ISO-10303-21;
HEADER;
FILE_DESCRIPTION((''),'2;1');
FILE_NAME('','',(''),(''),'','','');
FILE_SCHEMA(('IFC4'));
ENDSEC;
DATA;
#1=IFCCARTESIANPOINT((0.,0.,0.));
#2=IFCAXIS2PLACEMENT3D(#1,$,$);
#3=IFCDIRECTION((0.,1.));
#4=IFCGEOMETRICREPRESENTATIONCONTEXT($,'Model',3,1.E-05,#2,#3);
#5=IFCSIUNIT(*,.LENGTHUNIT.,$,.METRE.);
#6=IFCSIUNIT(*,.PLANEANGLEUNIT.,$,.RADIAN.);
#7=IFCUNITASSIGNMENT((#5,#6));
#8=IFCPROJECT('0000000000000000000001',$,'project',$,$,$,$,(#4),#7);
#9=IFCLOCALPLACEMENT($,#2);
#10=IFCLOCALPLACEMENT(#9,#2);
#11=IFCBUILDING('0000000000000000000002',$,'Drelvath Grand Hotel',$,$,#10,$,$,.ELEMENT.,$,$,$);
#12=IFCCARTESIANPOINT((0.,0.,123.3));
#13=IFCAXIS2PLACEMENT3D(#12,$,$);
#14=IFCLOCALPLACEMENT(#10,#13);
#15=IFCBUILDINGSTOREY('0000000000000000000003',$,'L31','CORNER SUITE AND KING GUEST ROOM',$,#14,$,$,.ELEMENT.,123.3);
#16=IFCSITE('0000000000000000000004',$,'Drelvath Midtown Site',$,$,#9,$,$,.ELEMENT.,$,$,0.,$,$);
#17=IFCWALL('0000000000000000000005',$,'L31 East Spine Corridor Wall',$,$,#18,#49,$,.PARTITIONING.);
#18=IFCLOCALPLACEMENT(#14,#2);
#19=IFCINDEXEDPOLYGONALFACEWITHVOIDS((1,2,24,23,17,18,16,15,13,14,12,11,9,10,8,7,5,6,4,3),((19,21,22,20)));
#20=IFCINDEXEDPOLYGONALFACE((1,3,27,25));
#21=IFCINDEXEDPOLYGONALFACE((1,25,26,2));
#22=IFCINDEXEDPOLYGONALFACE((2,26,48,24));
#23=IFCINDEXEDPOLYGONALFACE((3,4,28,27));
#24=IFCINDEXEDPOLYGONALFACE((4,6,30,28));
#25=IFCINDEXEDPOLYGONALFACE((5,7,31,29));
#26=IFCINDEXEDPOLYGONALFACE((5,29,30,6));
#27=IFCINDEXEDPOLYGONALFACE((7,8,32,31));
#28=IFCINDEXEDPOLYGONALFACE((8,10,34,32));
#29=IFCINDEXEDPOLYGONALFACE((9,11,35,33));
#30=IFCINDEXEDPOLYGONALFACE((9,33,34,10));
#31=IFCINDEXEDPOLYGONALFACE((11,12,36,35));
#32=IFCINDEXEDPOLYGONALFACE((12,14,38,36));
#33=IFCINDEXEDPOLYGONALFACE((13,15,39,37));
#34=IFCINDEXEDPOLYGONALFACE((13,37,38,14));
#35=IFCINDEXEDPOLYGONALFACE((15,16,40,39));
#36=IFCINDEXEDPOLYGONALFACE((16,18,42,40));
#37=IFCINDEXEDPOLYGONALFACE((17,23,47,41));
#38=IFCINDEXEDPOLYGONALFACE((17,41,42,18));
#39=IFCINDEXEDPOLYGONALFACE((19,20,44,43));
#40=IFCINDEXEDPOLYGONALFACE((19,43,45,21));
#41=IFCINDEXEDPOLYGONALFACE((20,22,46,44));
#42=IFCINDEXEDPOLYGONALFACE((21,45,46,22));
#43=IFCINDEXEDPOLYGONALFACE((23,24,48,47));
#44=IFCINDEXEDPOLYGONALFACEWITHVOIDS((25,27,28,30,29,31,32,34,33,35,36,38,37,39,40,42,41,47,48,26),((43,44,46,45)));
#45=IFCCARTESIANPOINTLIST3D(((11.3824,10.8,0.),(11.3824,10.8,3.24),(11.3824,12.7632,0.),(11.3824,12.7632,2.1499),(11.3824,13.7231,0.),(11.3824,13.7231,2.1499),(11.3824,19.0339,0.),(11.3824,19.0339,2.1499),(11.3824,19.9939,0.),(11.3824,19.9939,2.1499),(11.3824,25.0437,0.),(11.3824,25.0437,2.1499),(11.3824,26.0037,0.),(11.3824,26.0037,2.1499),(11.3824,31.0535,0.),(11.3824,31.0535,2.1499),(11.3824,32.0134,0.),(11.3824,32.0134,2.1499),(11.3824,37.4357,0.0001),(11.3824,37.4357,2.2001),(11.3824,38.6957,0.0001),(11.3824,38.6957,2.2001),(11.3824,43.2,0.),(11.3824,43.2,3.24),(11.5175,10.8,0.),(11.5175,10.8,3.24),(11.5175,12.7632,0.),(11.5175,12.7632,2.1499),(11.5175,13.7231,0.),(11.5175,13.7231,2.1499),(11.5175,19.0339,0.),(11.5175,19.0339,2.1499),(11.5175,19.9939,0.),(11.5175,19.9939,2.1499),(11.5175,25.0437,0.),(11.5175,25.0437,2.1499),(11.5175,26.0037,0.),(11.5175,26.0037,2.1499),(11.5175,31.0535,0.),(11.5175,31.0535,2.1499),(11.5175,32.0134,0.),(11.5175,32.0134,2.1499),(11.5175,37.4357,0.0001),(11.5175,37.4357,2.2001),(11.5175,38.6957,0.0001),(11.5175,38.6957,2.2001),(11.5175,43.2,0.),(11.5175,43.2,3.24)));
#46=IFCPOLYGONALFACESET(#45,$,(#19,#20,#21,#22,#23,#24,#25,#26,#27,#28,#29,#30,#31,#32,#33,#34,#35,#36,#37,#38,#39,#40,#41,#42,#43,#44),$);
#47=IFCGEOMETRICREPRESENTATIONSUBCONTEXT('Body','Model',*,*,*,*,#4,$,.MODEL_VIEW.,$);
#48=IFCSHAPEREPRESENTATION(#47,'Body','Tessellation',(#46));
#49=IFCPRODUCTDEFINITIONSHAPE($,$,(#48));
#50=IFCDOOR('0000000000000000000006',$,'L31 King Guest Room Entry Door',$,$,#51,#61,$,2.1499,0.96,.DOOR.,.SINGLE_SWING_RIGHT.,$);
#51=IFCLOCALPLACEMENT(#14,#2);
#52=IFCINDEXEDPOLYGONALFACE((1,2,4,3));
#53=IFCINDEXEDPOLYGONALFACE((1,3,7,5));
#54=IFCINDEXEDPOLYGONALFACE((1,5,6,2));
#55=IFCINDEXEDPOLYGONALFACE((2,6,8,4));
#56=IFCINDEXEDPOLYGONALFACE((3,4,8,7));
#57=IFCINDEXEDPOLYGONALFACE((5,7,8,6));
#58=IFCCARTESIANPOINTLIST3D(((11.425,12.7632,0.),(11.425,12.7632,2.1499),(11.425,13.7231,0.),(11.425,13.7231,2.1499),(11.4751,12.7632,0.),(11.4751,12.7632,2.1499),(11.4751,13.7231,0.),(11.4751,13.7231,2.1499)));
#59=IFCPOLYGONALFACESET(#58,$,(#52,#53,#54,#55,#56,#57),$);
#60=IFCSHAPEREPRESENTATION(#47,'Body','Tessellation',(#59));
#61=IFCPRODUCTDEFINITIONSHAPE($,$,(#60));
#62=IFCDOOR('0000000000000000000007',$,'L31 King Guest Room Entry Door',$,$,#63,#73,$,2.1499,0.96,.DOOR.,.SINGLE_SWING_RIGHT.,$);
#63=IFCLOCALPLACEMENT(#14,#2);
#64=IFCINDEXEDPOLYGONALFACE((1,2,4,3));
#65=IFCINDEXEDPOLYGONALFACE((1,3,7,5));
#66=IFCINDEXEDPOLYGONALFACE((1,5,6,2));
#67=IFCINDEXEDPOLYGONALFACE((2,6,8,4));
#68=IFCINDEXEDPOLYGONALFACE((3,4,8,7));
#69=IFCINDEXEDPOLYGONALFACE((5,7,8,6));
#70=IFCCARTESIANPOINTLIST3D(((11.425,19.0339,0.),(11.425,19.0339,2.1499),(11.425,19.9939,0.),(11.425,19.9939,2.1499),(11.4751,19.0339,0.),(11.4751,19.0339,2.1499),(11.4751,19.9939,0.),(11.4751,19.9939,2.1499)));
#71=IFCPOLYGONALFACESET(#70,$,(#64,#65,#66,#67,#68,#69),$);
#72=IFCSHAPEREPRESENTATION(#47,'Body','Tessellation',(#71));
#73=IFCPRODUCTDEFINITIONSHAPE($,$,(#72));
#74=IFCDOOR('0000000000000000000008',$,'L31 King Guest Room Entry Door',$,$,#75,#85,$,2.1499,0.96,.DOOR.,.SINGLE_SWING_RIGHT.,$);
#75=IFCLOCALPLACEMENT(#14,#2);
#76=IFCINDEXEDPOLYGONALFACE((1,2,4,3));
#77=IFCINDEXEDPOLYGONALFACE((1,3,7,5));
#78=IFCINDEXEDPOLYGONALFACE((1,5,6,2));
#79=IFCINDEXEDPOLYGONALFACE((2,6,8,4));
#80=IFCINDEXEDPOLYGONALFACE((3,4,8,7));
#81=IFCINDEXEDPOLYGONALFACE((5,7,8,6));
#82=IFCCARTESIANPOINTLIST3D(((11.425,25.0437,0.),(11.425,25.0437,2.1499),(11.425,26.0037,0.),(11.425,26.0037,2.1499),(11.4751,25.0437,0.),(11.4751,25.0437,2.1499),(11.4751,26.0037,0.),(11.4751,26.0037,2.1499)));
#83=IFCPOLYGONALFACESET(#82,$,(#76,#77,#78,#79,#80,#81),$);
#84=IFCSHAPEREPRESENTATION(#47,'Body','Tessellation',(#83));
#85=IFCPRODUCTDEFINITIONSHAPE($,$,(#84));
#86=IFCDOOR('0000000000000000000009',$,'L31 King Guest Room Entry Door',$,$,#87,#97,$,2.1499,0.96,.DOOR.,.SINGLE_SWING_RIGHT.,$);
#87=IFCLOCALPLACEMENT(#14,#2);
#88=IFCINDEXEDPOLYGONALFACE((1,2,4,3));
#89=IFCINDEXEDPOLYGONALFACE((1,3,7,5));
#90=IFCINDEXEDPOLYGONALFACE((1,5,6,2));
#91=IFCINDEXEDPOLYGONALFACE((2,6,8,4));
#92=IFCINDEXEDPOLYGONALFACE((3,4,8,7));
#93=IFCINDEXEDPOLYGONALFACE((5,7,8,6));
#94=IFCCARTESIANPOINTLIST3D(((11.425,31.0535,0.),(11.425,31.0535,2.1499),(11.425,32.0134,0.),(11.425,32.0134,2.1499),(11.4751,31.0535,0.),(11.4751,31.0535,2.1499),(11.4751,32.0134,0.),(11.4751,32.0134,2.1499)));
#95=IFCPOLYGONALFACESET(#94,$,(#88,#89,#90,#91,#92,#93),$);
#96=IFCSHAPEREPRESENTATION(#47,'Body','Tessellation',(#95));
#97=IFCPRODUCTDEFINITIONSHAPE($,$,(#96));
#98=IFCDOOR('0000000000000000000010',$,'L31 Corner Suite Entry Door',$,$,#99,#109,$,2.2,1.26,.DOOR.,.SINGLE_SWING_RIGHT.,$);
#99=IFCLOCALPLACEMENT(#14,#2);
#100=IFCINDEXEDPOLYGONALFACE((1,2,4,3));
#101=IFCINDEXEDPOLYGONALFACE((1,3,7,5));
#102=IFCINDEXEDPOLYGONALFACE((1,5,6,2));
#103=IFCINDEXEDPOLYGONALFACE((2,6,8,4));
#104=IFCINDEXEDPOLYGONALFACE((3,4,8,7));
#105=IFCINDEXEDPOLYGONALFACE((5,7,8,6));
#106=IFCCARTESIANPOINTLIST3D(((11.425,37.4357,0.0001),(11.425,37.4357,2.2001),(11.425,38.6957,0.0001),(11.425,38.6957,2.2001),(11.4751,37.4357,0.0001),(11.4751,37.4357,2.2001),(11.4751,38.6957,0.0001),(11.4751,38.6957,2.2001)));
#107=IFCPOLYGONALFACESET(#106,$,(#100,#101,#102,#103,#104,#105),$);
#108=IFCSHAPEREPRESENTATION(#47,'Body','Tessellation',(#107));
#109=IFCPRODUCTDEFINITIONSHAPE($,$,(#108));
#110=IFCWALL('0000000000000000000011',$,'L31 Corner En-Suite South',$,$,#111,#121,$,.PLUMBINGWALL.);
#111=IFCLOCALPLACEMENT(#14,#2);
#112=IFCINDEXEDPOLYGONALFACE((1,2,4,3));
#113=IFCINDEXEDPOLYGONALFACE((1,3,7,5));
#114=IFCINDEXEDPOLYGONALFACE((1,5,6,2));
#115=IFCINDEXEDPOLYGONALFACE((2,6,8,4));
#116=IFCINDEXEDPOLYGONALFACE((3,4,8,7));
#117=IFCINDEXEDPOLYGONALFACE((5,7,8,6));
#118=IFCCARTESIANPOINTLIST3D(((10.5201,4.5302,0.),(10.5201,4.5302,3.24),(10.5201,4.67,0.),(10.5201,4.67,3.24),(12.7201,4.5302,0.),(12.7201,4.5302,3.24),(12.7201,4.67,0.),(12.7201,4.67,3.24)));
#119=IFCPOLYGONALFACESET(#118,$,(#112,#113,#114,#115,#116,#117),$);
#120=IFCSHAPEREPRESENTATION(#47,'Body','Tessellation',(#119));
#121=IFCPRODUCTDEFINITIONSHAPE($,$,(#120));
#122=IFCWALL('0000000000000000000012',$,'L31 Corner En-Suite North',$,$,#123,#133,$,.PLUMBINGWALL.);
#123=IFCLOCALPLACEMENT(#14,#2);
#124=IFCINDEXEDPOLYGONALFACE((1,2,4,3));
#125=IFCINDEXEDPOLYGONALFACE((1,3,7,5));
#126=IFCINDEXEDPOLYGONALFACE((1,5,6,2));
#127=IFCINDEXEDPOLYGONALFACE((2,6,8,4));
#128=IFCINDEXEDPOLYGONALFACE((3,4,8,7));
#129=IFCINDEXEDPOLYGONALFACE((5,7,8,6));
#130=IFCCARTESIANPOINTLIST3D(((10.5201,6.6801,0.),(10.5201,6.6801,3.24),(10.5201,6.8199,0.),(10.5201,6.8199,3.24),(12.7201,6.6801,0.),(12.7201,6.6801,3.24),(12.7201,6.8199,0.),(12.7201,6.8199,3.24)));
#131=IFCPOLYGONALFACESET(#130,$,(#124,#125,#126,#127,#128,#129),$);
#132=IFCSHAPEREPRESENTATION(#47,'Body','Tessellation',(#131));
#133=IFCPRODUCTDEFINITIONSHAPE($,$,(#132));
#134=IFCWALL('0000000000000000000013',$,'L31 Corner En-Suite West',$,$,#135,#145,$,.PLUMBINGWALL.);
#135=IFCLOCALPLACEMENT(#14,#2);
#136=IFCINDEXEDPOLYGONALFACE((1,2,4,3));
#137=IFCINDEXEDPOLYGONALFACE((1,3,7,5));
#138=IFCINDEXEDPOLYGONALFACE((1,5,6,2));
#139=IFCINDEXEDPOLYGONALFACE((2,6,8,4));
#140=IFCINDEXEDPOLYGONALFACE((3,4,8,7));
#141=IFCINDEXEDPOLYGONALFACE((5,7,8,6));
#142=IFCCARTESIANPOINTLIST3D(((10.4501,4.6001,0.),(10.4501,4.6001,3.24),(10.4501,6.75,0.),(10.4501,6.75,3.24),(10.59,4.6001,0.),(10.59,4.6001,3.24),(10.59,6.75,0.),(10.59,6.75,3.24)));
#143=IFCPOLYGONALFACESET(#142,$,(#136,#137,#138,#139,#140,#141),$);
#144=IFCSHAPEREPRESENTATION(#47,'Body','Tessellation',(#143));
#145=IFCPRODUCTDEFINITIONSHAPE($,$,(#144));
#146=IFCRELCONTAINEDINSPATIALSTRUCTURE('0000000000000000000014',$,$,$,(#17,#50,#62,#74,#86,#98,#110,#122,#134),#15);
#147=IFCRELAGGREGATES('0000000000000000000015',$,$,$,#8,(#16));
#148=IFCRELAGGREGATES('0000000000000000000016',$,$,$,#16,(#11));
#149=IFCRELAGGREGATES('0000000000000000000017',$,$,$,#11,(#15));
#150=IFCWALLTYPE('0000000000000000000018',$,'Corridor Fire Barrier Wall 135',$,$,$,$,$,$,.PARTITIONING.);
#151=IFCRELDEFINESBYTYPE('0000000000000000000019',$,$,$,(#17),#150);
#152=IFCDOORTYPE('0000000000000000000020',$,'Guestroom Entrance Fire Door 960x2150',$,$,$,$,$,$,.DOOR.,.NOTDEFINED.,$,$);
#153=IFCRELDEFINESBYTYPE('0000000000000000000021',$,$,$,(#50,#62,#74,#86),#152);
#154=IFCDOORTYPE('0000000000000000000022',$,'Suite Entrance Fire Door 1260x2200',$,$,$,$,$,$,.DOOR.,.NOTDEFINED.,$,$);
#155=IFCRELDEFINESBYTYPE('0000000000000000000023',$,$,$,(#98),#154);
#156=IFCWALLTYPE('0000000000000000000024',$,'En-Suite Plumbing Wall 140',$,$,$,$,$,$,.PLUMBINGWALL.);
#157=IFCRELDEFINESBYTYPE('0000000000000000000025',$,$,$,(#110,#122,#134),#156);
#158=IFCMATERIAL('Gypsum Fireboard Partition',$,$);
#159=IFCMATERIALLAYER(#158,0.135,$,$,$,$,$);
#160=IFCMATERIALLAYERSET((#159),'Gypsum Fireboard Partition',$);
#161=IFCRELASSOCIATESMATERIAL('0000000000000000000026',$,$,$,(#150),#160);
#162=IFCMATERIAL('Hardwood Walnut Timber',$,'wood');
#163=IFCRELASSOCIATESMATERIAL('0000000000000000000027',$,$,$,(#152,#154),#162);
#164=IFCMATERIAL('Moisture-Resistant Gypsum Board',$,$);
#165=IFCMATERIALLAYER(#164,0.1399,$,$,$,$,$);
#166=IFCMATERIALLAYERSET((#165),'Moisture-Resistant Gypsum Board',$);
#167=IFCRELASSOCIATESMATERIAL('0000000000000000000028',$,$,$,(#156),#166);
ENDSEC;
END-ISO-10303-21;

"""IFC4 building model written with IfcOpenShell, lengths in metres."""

from ifc_helpers import new_model, si_unit, direction, frame, frame_2d, origin, place, context, subcontext, project, spatial, rectangle, extrude, material, layer, layer_set, type_object, element, fill, save


model = new_model("IFC4")

# Units and contexts
model_context = context("Model", 3, precision=1e-05, world=origin(), true_north=direction((0.0, 1.0)))
body_context = subcontext(model_context, "Body", "Model", "MODEL_VIEW")
ifc_project = project(units=[si_unit("LENGTHUNIT", "METRE"), si_unit("PLANEANGLEUNIT", "RADIAN")], contexts=[model_context])

# Site, building, storey
site_placement = place(None, origin())
site = spatial("IfcSite", under=ifc_project, at=site_placement, Name="Drelvath Midtown Site", CompositionType="ELEMENT", RefElevation=0.0)
building_placement = place(site_placement, origin())
building = spatial("IfcBuilding", under=site, at=building_placement, Name="Drelvath Grand Hotel", CompositionType="ELEMENT")
storey_placement = place(building_placement, frame((0.0, 0.0, 123.3)))
storey = spatial("IfcBuildingStorey", under=building, at=storey_placement, Name="L31", Description="CORNER SUITE AND KING GUEST ROOM", CompositionType="ELEMENT", Elevation=123.3)

# Wall, openings, doors
ifc_material_1 = material(Name="Gypsum Fireboard Partition")
ifc_layer_1 = layer(ifc_material_1, 0.135)
ifc_layer_set_1 = layer_set([ifc_layer_1], Name="Gypsum Fireboard Partition")
wall_type_1 = type_object("IfcWallType", Name="Corridor Fire Barrier Wall 135", PredefinedType="PARTITIONING", material=ifc_layer_set_1)
wall_1_placement = place(storey_placement, frame((11.45, 10.8, 0.0), z_axis=(0.0, 0.0, 1.0), x_axis=(0.0, 1.0, 0.0)))
wall_1 = element("IfcWall", 1, at=wall_1_placement, inside=storey, type_object=wall_type_1, Name="L31 East Spine Corridor Wall", PredefinedType="PARTITIONING", context=body_context, shape_type="SweptSolid", body=[
    extrude(rectangle(XDim=32.3999, YDim=0.135, at=frame_2d((16.2, 0.0))), origin(), (0.0, 0.0, 1.0), 3.24),
])
opening_1_placement = place(wall_1_placement, frame((1.9631, 0.0, 0.0)))
opening_1 = element("IfcOpeningElement", 2, at=opening_1_placement, cuts=wall_1, PredefinedType="OPENING", context=body_context, shape_type="SweptSolid", body=[
    extrude(rectangle(XDim=0.96, YDim=2.1499, at=frame_2d((0.48, 1.075))), frame((0.0, 0.0774, 0.0), z_axis=(0.0, -1.0, 0.0), x_axis=(1.0, 0.0, 0.0)), (0.0, 0.0, 1.0), 0.155),
])
opening_2_placement = place(wall_1_placement, frame((8.2339, 0.0, 0.0)))
opening_2 = element("IfcOpeningElement", 3, at=opening_2_placement, cuts=wall_1, PredefinedType="OPENING", context=body_context, shape_type="SweptSolid", body=[
    extrude(rectangle(XDim=0.96, YDim=2.1499, at=frame_2d((0.48, 1.075))), frame((0.0, 0.0774, 0.0), z_axis=(0.0, -1.0, 0.0), x_axis=(1.0, 0.0, 0.0)), (0.0, 0.0, 1.0), 0.155),
])
opening_3_placement = place(wall_1_placement, frame((14.2437, 0.0, 0.0)))
opening_3 = element("IfcOpeningElement", 4, at=opening_3_placement, cuts=wall_1, PredefinedType="OPENING", context=body_context, shape_type="SweptSolid", body=[
    extrude(rectangle(XDim=0.96, YDim=2.1499, at=frame_2d((0.48, 1.075))), frame((0.0, 0.0774, 0.0), z_axis=(0.0, -1.0, 0.0), x_axis=(1.0, 0.0, 0.0)), (0.0, 0.0, 1.0), 0.155),
])
opening_4_placement = place(wall_1_placement, frame((20.2534, 0.0, 0.0)))
opening_4 = element("IfcOpeningElement", 5, at=opening_4_placement, cuts=wall_1, PredefinedType="OPENING", context=body_context, shape_type="SweptSolid", body=[
    extrude(rectangle(XDim=0.96, YDim=2.1499, at=frame_2d((0.48, 1.075))), frame((0.0, 0.0774, 0.0), z_axis=(0.0, -1.0, 0.0), x_axis=(1.0, 0.0, 0.0)), (0.0, 0.0, 1.0), 0.155),
])
opening_5_placement = place(wall_1_placement, frame((26.6357, 0.0, 0.0)))
opening_5 = element("IfcOpeningElement", 6, at=opening_5_placement, cuts=wall_1, PredefinedType="OPENING", context=body_context, shape_type="SweptSolid", body=[
    extrude(rectangle(XDim=1.26, YDim=2.2, at=frame_2d((0.6299, 1.1001))), frame((0.0, 0.0774, 0.0), z_axis=(0.0, -1.0, 0.0), x_axis=(1.0, 0.0, 0.0)), (0.0, 0.0, 1.0), 0.155),
])
ifc_material_2 = material(Name="Hardwood Walnut Timber", Category="wood")
door_type_1 = type_object("IfcDoorType", Name="Guestroom Entrance Fire Door 960x2150", OperationType="NOTDEFINED", PredefinedType="DOOR", material=ifc_material_2)
door_1_placement = place(opening_1_placement, origin())
door_1 = element("IfcDoor", 7, at=door_1_placement, inside=storey, type_object=door_type_1, Name="L31 King Guest Room Entry Door", OperationType="SINGLE_SWING_RIGHT", OverallHeight=2.1499, OverallWidth=0.96, PredefinedType="DOOR", context=body_context, shape_type="SweptSolid", body=[
    extrude(rectangle(XDim=0.96, YDim=2.1499, at=frame_2d((0.48, 1.075))), frame((0.0, 0.0249, 0.0), z_axis=(0.0, -1.0, 0.0), x_axis=(1.0, 0.0, 0.0)), (0.0, 0.0, 1.0), 0.05),
])
fill(opening_1, door_1)
door_2_placement = place(opening_2_placement, origin())
door_2 = element("IfcDoor", 8, at=door_2_placement, inside=storey, type_object=door_type_1, Name="L31 King Guest Room Entry Door", OperationType="SINGLE_SWING_RIGHT", OverallHeight=2.1499, OverallWidth=0.96, PredefinedType="DOOR", context=body_context, shape_type="SweptSolid", body=[
    extrude(rectangle(XDim=0.96, YDim=2.1499, at=frame_2d((0.48, 1.075))), frame((0.0, 0.0249, 0.0), z_axis=(0.0, -1.0, 0.0), x_axis=(1.0, 0.0, 0.0)), (0.0, 0.0, 1.0), 0.05),
])
fill(opening_2, door_2)
door_3_placement = place(opening_3_placement, origin())
door_3 = element("IfcDoor", 9, at=door_3_placement, inside=storey, type_object=door_type_1, Name="L31 King Guest Room Entry Door", OperationType="SINGLE_SWING_RIGHT", OverallHeight=2.1499, OverallWidth=0.96, PredefinedType="DOOR", context=body_context, shape_type="SweptSolid", body=[
    extrude(rectangle(XDim=0.96, YDim=2.1499, at=frame_2d((0.48, 1.075))), frame((0.0, 0.0249, 0.0), z_axis=(0.0, -1.0, 0.0), x_axis=(1.0, 0.0, 0.0)), (0.0, 0.0, 1.0), 0.05),
])
fill(opening_3, door_3)
door_4_placement = place(opening_4_placement, origin())
door_4 = element("IfcDoor", 10, at=door_4_placement, inside=storey, type_object=door_type_1, Name="L31 King Guest Room Entry Door", OperationType="SINGLE_SWING_RIGHT", OverallHeight=2.1499, OverallWidth=0.96, PredefinedType="DOOR", context=body_context, shape_type="SweptSolid", body=[
    extrude(rectangle(XDim=0.96, YDim=2.1499, at=frame_2d((0.48, 1.075))), frame((0.0, 0.0249, 0.0), z_axis=(0.0, -1.0, 0.0), x_axis=(1.0, 0.0, 0.0)), (0.0, 0.0, 1.0), 0.05),
])
fill(opening_4, door_4)
door_type_2 = type_object("IfcDoorType", Name="Suite Entrance Fire Door 1260x2200", OperationType="NOTDEFINED", PredefinedType="DOOR", material=ifc_material_2)
door_5_placement = place(opening_5_placement, origin())
door_5 = element("IfcDoor", 11, at=door_5_placement, inside=storey, type_object=door_type_2, Name="L31 Corner Suite Entry Door", OperationType="SINGLE_SWING_RIGHT", OverallHeight=2.2, OverallWidth=1.26, PredefinedType="DOOR", context=body_context, shape_type="SweptSolid", body=[
    extrude(rectangle(XDim=1.26, YDim=2.2, at=frame_2d((0.6299, 1.1001))), frame((0.0, 0.0249, 0.0), z_axis=(0.0, -1.0, 0.0), x_axis=(1.0, 0.0, 0.0)), (0.0, 0.0, 1.0), 0.05),
])
fill(opening_5, door_5)

# Walls
ifc_material_3 = material(Name="Moisture-Resistant Gypsum Board")
ifc_layer_2 = layer(ifc_material_3, 0.1399)
ifc_layer_set_2 = layer_set([ifc_layer_2], Name="Moisture-Resistant Gypsum Board")
wall_type_2 = type_object("IfcWallType", Name="En-Suite Plumbing Wall 140", PredefinedType="PLUMBINGWALL", material=ifc_layer_set_2)
for number, where, z_axis, x_axis, name in (
    (12, (10.52, 4.6001, 0.0), (0.0, 0.0, 1.0), (1.0, 0.0, 0.0), "L31 Corner En-Suite South"),
    (13, (10.52, 6.75, 0.0), (0.0, 0.0, 1.0), (1.0, 0.0, 0.0), "L31 Corner En-Suite North"),
):
    element("IfcWall", number, at=place(storey_placement, frame(where, z_axis=z_axis, x_axis=x_axis)), inside=storey, type_object=wall_type_2, Name=name, PredefinedType="PLUMBINGWALL", context=body_context, shape_type="SweptSolid", body=[
        extrude(rectangle(XDim=2.2, YDim=0.1399, at=frame_2d((1.1001, 0.0))), origin(), (0.0, 0.0, 1.0), 3.24),
    ])
wall_2_placement = place(storey_placement, frame((10.52, 4.6001, 0.0), z_axis=(0.0, 0.0, 1.0), x_axis=(0.0, 1.0, 0.0)))
element("IfcWall", 14, at=wall_2_placement, inside=storey, type_object=wall_type_2, Name="L31 Corner En-Suite West", PredefinedType="PLUMBINGWALL", context=body_context, shape_type="SweptSolid", body=[
    extrude(rectangle(XDim=2.1499, YDim=0.1399, at=frame_2d((1.075, 0.0))), origin(), (0.0, 0.0, 1.0), 3.24),
])

save(model, "model.ifc")
